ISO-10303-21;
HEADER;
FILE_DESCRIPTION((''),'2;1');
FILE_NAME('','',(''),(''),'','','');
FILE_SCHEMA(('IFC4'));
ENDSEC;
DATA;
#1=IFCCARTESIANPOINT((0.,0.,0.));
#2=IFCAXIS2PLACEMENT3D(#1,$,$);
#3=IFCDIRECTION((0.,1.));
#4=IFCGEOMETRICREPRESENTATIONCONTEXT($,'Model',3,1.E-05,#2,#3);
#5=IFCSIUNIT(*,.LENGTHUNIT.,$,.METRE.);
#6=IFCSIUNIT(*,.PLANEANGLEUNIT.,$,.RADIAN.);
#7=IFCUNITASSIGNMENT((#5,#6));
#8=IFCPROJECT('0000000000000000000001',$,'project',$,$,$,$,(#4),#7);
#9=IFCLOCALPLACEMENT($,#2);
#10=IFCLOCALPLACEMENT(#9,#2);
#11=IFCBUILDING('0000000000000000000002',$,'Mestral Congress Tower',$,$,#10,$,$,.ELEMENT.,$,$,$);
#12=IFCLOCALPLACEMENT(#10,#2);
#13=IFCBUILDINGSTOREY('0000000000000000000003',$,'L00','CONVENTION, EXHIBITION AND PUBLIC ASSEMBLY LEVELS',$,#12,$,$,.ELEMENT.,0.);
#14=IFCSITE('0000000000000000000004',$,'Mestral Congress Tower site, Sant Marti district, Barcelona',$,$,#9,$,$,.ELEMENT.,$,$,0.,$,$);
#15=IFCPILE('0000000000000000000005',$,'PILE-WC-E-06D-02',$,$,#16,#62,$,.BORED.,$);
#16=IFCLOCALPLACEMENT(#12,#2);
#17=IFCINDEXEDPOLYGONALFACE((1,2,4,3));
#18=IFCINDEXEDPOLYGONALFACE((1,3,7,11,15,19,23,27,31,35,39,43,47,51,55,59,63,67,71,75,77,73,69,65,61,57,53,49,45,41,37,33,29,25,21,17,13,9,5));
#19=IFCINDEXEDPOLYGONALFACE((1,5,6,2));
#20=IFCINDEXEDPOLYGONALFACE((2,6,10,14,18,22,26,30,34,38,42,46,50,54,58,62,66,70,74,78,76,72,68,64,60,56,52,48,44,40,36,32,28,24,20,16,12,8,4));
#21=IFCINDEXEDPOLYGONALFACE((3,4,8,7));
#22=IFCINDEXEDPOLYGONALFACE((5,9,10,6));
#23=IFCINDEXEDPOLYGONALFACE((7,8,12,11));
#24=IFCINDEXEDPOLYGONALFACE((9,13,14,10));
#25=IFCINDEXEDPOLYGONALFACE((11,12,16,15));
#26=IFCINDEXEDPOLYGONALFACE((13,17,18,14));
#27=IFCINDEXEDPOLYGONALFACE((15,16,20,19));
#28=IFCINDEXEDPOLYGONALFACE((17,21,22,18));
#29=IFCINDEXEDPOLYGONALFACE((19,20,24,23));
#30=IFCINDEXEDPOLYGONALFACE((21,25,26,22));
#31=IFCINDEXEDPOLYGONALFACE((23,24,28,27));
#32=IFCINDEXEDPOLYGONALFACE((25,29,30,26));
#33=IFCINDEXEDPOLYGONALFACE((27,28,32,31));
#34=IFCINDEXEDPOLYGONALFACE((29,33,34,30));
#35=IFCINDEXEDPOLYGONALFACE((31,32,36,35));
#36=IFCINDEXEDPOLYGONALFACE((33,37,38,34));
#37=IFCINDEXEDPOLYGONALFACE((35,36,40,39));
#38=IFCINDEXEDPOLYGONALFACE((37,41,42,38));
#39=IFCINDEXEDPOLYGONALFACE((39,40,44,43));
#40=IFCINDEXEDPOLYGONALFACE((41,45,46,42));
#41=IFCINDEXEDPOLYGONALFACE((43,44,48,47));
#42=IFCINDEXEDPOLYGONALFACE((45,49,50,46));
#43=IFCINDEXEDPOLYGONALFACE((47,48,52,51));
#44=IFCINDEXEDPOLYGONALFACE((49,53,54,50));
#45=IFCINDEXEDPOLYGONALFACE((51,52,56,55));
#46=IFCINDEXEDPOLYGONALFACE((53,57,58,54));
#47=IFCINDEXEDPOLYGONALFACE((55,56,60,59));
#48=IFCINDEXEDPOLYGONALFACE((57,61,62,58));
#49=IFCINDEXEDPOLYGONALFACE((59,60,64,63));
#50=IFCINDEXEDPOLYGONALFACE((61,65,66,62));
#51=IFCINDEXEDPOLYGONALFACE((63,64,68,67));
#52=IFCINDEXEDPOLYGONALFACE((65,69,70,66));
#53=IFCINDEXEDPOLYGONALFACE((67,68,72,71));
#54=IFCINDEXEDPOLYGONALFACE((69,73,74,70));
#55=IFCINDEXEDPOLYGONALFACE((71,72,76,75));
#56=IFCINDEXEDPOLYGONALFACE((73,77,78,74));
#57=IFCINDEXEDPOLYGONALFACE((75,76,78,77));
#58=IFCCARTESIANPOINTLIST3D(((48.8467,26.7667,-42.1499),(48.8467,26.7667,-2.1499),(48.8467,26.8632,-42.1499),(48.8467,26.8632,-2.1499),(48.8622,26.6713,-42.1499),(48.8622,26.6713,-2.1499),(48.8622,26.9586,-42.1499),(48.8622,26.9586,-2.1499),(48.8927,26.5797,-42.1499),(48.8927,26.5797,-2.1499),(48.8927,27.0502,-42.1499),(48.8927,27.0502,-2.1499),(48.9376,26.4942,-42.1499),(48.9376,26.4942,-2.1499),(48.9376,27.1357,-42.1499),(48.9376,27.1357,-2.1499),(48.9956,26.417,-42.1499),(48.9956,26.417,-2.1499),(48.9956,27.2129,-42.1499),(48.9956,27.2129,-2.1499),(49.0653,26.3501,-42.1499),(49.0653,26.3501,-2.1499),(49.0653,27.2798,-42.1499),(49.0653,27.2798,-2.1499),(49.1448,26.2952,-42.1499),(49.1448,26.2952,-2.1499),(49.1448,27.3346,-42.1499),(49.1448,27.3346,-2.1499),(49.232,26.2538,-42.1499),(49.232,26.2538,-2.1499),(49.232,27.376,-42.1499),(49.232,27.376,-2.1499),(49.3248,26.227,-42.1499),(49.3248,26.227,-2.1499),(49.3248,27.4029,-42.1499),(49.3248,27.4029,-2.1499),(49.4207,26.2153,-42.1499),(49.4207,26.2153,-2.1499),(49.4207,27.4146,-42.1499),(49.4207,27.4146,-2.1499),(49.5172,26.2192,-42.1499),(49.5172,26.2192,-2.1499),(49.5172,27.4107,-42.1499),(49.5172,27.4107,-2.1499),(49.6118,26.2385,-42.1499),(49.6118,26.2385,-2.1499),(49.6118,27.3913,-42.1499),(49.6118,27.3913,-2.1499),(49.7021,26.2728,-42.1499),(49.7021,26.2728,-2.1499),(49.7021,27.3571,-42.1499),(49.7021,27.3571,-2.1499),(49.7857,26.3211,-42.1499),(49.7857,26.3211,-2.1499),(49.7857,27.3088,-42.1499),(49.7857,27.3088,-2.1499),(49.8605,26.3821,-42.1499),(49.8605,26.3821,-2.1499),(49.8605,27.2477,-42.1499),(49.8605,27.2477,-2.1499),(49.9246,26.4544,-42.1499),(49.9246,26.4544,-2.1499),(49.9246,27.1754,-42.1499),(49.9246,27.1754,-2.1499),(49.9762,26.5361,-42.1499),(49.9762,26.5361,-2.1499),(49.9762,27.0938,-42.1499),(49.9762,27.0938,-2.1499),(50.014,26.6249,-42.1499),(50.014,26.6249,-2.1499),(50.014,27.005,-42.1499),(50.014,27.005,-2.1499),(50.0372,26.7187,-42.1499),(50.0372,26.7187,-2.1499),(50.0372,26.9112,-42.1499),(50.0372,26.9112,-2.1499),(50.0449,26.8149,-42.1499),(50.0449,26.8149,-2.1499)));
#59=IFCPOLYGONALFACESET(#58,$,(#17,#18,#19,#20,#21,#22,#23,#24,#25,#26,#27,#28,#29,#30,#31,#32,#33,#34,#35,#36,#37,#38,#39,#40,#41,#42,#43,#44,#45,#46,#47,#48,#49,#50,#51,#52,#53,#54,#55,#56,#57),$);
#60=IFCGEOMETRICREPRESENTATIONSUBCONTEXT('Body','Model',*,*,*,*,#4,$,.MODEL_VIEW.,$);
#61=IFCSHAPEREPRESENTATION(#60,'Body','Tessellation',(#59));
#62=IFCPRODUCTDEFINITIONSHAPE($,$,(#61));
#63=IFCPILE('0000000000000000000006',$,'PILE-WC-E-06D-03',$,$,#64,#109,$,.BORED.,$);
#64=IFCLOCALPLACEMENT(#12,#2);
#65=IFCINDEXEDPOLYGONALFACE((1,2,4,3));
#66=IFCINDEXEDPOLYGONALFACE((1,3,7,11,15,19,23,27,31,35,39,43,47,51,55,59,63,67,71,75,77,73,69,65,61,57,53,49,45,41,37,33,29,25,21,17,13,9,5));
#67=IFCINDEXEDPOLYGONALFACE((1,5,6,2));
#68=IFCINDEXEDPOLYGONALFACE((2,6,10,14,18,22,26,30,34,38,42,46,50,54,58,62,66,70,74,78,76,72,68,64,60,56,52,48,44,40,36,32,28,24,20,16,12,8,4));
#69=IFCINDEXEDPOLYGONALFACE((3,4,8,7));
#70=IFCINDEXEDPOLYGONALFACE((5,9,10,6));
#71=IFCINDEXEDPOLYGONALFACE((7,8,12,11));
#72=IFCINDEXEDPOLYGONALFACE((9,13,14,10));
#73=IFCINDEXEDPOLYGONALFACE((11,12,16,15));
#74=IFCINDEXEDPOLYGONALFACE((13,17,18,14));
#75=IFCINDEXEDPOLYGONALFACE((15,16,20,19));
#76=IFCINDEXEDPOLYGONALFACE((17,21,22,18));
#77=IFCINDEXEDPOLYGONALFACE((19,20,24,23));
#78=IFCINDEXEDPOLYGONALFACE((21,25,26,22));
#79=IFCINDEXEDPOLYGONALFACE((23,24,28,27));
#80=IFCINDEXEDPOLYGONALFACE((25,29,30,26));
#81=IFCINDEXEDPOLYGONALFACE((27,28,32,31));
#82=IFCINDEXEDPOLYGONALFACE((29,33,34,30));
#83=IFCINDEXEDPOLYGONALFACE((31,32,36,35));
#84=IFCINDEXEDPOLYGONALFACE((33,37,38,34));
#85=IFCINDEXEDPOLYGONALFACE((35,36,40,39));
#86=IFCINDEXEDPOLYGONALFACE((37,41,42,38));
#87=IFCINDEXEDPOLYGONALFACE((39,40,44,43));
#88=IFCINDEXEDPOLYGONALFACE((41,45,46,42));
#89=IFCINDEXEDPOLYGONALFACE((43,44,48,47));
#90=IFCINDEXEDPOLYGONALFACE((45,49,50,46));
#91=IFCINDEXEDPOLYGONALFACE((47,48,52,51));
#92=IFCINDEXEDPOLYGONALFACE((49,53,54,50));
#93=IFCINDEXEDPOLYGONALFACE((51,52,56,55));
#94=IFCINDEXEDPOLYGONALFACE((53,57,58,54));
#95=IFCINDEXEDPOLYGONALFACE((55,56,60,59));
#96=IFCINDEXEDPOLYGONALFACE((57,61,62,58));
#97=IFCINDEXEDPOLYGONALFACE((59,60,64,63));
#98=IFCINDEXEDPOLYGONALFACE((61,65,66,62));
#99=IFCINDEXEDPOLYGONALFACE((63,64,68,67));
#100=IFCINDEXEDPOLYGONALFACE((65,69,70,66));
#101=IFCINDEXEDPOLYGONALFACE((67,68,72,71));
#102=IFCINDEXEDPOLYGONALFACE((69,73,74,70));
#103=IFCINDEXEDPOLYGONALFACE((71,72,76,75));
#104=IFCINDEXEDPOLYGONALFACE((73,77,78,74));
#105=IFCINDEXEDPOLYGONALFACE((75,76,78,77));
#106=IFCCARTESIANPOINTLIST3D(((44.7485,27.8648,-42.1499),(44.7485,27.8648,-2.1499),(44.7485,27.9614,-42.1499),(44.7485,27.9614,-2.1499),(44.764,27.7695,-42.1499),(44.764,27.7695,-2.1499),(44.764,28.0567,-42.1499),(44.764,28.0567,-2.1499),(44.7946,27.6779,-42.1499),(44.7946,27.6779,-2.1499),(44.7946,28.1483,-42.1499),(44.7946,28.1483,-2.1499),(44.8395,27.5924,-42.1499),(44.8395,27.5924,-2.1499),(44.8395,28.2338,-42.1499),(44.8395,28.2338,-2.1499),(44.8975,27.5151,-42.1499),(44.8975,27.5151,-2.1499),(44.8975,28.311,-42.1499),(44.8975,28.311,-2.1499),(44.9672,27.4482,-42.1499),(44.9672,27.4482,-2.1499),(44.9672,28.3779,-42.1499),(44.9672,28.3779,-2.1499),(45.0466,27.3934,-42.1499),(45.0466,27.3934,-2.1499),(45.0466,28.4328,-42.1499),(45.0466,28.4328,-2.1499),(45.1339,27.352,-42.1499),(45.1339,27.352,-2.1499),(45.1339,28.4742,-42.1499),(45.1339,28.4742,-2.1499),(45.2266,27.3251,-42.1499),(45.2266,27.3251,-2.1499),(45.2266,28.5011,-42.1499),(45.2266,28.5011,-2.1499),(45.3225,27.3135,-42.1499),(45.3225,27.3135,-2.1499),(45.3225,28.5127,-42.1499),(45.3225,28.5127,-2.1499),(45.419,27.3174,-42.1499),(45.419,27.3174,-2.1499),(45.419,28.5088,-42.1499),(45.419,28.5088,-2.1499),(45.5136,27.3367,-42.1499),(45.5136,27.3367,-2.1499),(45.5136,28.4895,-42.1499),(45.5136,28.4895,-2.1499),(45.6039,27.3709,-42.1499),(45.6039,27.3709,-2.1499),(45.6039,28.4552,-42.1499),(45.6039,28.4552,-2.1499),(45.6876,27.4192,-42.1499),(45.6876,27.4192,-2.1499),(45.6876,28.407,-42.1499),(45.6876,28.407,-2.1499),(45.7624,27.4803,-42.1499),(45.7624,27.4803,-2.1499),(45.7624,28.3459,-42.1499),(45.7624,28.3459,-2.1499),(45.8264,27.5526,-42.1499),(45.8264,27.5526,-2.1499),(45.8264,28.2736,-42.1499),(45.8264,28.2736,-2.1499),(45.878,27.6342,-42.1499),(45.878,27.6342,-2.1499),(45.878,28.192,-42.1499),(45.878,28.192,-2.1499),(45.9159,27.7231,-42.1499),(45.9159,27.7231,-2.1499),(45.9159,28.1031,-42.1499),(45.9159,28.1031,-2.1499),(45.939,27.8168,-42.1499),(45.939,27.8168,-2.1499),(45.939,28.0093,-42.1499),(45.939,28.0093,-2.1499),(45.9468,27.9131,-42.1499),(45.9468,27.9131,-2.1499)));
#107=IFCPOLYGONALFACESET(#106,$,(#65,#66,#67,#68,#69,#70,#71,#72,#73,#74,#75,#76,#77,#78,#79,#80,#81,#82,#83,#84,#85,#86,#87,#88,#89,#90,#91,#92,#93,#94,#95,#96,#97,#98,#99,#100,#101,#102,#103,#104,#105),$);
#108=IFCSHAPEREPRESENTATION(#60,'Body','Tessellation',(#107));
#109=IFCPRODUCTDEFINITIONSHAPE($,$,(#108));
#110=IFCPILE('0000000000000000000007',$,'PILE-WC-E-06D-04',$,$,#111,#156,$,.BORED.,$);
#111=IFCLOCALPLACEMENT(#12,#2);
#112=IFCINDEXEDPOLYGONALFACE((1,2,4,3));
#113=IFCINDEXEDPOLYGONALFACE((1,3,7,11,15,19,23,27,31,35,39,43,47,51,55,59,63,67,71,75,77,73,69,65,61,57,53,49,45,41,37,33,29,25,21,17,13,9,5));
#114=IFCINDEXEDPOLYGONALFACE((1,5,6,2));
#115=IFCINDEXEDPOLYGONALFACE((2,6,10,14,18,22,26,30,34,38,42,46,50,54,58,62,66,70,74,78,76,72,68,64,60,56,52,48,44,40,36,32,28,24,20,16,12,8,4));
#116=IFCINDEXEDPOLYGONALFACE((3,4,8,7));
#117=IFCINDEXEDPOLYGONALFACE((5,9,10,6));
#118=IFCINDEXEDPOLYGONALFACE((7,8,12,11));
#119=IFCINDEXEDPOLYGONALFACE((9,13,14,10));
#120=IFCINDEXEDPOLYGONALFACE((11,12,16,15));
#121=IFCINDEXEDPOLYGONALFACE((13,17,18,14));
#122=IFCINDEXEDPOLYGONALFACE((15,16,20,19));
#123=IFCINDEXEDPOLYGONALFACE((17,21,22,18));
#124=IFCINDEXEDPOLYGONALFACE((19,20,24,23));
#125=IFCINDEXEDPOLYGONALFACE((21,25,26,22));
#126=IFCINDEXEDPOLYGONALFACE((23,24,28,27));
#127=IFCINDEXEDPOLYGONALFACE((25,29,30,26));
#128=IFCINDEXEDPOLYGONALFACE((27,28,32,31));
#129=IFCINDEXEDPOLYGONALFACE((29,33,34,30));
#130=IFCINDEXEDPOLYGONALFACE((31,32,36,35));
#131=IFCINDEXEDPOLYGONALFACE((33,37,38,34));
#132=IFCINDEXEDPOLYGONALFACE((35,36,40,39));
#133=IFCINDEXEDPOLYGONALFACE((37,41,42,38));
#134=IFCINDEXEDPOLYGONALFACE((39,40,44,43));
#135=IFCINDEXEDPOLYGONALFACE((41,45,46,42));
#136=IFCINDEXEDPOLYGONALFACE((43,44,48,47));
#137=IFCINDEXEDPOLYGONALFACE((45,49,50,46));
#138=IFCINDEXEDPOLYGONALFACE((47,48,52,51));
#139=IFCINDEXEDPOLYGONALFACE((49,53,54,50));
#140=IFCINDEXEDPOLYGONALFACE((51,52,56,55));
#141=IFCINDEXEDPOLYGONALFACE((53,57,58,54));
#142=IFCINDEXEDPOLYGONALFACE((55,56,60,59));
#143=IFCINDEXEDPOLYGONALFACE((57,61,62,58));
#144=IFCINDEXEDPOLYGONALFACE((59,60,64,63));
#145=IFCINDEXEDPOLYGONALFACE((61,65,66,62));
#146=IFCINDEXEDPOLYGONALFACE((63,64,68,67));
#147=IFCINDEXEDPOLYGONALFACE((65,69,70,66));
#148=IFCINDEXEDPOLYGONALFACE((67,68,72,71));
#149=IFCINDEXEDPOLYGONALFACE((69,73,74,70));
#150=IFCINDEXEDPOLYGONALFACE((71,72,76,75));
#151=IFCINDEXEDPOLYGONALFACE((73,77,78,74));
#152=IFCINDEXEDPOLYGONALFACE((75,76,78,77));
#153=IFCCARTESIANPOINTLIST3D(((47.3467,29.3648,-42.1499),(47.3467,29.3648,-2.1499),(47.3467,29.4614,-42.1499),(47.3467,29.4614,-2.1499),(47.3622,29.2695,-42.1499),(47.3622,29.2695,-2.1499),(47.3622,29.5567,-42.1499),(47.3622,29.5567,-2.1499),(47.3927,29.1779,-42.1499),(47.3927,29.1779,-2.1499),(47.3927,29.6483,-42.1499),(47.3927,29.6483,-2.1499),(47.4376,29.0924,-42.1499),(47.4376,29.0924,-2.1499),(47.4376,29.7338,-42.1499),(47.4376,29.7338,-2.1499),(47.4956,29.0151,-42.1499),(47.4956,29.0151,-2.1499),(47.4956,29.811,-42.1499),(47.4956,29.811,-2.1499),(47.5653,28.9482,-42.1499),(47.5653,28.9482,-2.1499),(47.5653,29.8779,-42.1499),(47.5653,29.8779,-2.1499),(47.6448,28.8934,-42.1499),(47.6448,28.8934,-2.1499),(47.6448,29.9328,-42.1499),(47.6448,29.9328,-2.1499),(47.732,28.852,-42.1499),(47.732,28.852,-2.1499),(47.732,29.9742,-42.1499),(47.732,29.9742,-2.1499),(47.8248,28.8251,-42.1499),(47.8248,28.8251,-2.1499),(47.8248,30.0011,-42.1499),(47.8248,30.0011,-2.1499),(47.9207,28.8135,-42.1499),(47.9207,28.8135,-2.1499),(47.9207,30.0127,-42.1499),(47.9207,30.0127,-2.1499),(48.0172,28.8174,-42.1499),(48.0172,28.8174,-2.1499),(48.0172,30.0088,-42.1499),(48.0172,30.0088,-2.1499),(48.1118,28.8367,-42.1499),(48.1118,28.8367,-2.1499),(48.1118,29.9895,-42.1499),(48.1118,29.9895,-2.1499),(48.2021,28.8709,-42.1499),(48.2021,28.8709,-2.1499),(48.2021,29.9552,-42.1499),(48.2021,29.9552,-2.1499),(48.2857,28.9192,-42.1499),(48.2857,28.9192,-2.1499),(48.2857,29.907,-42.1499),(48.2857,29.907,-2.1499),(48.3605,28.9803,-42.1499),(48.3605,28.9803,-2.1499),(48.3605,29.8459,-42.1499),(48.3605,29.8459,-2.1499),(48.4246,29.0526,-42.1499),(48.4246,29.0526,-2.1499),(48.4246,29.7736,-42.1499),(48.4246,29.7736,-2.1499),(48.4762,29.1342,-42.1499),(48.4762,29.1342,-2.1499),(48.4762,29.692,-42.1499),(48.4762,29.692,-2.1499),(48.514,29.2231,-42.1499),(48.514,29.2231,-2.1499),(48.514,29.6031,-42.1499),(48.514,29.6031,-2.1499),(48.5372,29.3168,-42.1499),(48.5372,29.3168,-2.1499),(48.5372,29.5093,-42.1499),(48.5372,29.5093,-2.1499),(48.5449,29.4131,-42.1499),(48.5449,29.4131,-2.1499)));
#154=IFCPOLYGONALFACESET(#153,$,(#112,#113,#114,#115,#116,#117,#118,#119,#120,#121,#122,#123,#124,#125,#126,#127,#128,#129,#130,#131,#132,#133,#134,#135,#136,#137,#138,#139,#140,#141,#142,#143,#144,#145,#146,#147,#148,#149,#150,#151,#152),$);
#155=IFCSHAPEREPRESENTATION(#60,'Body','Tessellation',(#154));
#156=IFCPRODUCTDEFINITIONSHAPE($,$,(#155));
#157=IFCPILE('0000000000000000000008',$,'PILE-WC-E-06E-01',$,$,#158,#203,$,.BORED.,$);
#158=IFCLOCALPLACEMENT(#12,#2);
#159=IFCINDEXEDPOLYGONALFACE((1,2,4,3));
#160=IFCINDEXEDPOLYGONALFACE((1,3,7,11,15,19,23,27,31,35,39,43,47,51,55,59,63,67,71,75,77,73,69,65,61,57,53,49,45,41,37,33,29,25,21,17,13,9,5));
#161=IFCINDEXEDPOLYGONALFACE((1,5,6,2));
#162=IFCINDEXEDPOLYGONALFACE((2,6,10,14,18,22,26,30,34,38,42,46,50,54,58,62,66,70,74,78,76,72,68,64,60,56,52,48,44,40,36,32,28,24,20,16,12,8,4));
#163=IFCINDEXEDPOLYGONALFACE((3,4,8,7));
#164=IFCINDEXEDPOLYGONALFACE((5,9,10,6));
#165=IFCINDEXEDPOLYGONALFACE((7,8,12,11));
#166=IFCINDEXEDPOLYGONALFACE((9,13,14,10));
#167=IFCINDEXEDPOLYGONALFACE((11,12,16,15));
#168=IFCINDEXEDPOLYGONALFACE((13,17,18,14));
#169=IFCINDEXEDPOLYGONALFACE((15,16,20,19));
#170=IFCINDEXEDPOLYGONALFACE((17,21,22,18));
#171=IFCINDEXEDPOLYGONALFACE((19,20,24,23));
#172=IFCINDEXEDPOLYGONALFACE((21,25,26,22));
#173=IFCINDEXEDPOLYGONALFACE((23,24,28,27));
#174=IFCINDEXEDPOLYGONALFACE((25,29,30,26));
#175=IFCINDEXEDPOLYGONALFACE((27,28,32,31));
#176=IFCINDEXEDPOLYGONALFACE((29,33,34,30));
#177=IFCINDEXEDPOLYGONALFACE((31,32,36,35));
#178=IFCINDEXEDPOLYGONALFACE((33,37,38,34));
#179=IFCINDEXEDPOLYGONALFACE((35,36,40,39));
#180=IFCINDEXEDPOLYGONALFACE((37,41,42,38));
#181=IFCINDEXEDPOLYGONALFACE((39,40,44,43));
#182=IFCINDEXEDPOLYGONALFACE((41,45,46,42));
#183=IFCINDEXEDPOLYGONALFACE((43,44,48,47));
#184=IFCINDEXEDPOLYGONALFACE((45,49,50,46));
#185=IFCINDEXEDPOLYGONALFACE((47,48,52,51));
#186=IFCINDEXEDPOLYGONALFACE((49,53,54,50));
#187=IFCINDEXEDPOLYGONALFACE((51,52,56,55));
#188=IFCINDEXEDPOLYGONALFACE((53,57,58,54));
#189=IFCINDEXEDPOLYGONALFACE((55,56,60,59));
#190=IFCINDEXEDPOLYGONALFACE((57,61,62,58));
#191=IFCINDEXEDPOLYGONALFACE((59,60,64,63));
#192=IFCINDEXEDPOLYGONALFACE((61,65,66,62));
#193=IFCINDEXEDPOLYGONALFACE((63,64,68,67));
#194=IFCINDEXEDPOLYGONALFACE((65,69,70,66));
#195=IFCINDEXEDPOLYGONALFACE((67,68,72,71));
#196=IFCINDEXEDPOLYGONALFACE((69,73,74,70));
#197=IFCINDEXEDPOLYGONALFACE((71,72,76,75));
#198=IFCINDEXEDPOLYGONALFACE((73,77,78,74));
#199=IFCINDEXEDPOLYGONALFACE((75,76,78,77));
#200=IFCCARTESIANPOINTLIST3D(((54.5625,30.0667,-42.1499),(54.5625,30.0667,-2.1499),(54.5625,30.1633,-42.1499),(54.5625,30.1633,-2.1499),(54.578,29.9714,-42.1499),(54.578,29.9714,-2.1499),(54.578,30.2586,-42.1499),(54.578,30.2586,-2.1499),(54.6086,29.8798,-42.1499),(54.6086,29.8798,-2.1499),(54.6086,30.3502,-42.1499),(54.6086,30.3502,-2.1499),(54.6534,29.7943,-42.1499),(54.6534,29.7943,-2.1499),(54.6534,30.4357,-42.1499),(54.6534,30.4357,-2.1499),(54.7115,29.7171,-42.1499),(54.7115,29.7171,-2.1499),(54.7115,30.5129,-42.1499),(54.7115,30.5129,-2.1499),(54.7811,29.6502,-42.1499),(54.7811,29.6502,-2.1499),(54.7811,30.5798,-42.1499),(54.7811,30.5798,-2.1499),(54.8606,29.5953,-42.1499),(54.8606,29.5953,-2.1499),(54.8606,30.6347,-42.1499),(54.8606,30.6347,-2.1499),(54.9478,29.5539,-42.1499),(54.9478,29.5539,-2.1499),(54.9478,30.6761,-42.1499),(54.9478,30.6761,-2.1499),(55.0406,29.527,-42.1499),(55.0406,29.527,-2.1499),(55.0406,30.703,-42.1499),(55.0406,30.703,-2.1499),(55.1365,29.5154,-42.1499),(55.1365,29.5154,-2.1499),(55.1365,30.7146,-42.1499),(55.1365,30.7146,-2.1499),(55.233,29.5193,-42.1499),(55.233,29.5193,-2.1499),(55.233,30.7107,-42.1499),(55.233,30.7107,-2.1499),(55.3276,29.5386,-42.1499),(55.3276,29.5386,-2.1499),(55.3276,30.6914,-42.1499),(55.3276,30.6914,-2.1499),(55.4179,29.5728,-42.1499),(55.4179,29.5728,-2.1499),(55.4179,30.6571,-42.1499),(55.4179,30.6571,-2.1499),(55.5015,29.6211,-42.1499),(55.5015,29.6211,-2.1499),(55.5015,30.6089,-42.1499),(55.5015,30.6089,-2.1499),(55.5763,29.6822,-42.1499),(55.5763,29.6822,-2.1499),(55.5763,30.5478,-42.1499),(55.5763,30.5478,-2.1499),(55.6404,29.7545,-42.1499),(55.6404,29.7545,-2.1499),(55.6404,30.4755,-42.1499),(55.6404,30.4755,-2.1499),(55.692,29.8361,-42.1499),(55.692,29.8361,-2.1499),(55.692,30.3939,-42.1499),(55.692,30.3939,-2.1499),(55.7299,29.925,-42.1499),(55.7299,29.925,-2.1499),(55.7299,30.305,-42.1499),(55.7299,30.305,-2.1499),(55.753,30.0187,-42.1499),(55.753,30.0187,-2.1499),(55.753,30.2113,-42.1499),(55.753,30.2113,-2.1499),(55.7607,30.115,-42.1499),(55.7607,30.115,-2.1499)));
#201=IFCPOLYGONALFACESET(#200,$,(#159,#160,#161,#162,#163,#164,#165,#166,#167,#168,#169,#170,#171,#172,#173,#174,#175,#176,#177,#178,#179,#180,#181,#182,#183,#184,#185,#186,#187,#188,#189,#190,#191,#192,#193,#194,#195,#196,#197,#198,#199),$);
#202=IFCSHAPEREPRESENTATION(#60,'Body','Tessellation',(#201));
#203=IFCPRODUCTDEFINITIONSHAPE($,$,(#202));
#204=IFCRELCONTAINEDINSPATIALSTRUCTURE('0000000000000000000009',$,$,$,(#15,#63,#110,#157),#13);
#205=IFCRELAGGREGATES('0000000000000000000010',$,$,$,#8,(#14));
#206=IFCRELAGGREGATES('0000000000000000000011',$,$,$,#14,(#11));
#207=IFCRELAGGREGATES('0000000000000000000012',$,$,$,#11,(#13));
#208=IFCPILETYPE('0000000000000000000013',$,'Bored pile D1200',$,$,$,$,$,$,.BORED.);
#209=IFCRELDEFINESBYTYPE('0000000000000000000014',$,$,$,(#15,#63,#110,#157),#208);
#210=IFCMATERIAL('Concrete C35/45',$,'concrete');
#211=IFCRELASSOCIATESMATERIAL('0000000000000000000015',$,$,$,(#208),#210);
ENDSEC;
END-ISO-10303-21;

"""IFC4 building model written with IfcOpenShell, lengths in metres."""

from ifc_helpers import new_model, si_unit, direction, frame, origin, origin_2d, place, context, subcontext, project, spatial, circle, extrude, material, material_profile, profile_set, type_object, element, save


model = new_model("IFC4")

# Units and contexts
model_context = context("Model", 3, precision=1e-05, world=origin(), true_north=direction((0.0, 1.0)))
body_context = subcontext(model_context, "Body", "Model", "MODEL_VIEW")
ifc_project = project(units=[si_unit("LENGTHUNIT", "METRE"), si_unit("PLANEANGLEUNIT", "RADIAN")], contexts=[model_context])

# Site, building, storey
site_placement = place(None, origin())
site = spatial("IfcSite", under=ifc_project, at=site_placement, Name="Mestral Congress Tower site, Sant Marti district, Barcelona", CompositionType="ELEMENT", RefElevation=0.0)
building_placement = place(site_placement, origin())
building = spatial("IfcBuilding", under=site, at=building_placement, Name="Mestral Congress Tower", CompositionType="ELEMENT")
storey_placement = place(building_placement, origin())
storey = spatial("IfcBuildingStorey", under=building, at=storey_placement, Name="L00", Description="CONVENTION, EXHIBITION AND PUBLIC ASSEMBLY LEVELS", CompositionType="ELEMENT", Elevation=0.0)

# Piles
ifc_material_1 = material(Name="Concrete C35/45", Category="concrete")
ifc_material_profile_1 = material_profile(ifc_material_1, circle(Radius=0.6001, at=origin_2d()), Name="D1200")
ifc_profile_set_1 = profile_set([ifc_material_profile_1], Name="Concrete C35/45")
pile_type = type_object("IfcPileType", Name="Bored pile D1200", PredefinedType="BORED", material=ifc_profile_set_1)
for number, where, z_axis, x_axis, name in (
    (1, (49.4448, 26.8149, -2.1499), (0.0, 0.0, -1.0), (1.0, 0.0, 0.0), "PILE-WC-E-06D-02"),
    (2, (45.3467, 27.9131, -2.1499), (0.0, 0.0, -1.0), (1.0, 0.0, 0.0), "PILE-WC-E-06D-03"),
    (3, (47.9448, 29.4131, -2.1499), (0.0, 0.0, -1.0), (1.0, 0.0, 0.0), "PILE-WC-E-06D-04"),
    (4, (55.1606, 30.115, -2.1499), (0.0, 0.0, -1.0), (1.0, 0.0, 0.0), "PILE-WC-E-06E-01"),
):
    element("IfcPile", number, at=place(storey_placement, frame(where, z_axis=z_axis, x_axis=x_axis)), inside=storey, type_object=pile_type, Name=name, PredefinedType="BORED", context=body_context, shape_type="SweptSolid", body=[
        extrude(circle(Radius=0.6001, at=origin_2d()), origin(), (0.0, 0.0, 1.0), 40.0),
    ])

save(model, "model.ifc")
